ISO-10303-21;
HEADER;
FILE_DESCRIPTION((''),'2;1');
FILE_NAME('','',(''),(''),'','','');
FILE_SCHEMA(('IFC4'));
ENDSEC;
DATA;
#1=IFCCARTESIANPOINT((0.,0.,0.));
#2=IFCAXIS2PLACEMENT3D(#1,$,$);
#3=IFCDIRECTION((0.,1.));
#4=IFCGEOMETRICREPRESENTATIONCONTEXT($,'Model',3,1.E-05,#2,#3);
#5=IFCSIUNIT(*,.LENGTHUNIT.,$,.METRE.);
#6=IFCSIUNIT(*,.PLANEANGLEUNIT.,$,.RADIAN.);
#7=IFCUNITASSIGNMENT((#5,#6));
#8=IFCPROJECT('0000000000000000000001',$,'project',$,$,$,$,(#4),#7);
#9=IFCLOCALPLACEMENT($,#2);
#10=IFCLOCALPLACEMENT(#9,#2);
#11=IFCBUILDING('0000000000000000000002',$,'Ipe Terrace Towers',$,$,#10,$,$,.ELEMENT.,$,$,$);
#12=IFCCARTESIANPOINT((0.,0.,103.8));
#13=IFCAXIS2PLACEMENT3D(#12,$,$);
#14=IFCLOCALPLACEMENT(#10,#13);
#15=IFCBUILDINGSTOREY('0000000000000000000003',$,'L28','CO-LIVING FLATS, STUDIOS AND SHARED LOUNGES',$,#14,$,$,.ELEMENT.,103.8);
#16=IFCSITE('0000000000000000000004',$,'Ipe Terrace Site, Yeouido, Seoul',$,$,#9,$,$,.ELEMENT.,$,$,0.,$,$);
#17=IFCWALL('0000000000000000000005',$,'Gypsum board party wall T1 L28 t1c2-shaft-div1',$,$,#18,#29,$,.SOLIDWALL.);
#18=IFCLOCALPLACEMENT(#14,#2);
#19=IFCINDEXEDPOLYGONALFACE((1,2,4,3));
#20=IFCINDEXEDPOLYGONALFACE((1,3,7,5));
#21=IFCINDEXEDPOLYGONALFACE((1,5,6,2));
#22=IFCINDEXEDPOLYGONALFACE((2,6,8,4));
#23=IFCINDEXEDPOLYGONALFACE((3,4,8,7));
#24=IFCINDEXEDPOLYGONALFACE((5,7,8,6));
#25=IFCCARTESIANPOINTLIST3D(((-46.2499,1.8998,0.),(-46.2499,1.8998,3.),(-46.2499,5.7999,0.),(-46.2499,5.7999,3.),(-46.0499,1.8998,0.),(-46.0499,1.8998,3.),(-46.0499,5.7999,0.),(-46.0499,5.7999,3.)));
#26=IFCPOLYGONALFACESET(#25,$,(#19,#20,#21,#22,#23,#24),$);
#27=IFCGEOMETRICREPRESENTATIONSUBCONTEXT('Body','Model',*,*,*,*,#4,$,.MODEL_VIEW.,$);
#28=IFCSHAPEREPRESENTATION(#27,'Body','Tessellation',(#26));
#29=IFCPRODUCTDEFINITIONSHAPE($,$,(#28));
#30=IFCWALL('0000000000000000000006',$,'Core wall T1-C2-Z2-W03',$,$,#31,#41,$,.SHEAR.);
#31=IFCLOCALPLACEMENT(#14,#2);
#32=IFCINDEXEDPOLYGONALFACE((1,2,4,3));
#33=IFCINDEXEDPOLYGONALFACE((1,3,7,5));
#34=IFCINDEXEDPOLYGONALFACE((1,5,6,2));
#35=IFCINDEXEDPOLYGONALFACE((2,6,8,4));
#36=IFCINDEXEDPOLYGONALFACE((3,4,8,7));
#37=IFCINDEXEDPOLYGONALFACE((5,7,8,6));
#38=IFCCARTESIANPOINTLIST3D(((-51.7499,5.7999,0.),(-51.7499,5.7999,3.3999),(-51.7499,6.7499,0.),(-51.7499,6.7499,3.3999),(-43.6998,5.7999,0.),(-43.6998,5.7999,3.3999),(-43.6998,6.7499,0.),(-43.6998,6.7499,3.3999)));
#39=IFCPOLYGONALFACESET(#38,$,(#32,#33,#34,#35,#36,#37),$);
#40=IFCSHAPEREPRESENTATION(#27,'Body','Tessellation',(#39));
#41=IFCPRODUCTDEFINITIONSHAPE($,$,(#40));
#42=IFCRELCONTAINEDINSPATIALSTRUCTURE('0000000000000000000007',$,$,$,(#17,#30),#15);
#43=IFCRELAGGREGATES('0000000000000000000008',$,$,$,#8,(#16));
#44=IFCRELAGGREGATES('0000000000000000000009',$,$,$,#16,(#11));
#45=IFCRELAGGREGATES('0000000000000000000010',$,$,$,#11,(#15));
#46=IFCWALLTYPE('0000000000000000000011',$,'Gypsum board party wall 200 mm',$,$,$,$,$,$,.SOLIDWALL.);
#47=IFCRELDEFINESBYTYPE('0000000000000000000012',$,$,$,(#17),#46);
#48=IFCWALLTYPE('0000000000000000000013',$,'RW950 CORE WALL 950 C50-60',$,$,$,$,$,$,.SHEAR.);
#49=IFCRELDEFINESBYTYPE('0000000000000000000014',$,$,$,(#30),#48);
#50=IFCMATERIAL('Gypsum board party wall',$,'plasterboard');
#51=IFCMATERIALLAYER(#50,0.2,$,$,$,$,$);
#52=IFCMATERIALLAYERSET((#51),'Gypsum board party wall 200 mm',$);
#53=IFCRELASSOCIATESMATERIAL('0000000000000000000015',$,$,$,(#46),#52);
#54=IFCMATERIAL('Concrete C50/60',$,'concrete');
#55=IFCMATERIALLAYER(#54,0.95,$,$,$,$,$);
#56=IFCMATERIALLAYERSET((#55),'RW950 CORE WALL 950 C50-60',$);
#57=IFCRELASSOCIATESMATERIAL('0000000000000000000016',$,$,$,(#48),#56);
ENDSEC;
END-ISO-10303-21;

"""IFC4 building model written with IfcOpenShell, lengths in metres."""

from ifc_helpers import new_model, si_unit, direction, frame, frame_2d, origin, place, context, subcontext, project, spatial, rectangle, extrude, material, layer, layer_set, type_object, element, save


model = new_model("IFC4")

# Units and contexts
model_context = context("Model", 3, precision=1e-05, world=origin(), true_north=direction((0.0, 1.0)))
body_context = subcontext(model_context, "Body", "Model", "MODEL_VIEW")
ifc_project = project(units=[si_unit("LENGTHUNIT", "METRE"), si_unit("PLANEANGLEUNIT", "RADIAN")], contexts=[model_context])

# Site, building, storey
site_placement = place(None, origin())
site = spatial("IfcSite", under=ifc_project, at=site_placement, Name="Ipe Terrace Site, Yeouido, Seoul", CompositionType="ELEMENT", RefElevation=0.0)
building_placement = place(site_placement, origin())
building = spatial("IfcBuilding", under=site, at=building_placement, Name="Ipe Terrace Towers", CompositionType="ELEMENT")
storey_placement = place(building_placement, frame((0.0, 0.0, 103.8)))
storey = spatial("IfcBuildingStorey", under=building, at=storey_placement, Name="L28", Description="CO-LIVING FLATS, STUDIOS AND SHARED LOUNGES", CompositionType="ELEMENT", Elevation=103.8)

# Walls
ifc_material_1 = material(Name="Gypsum board party wall", Category="plasterboard")
ifc_layer_1 = layer(ifc_material_1, 0.2)
ifc_layer_set_1 = layer_set([ifc_layer_1], Name="Gypsum board party wall 200 mm")
wall_type_1 = type_object("IfcWallType", Name="Gypsum board party wall 200 mm", PredefinedType="SOLIDWALL", material=ifc_layer_set_1)
wall_1_placement = place(storey_placement, frame((-46.1499, 5.8, 0.0), z_axis=(0.0, 0.0, 1.0), x_axis=(0.0, -1.0, 0.0)))
element("IfcWall", 1, at=wall_1_placement, inside=storey, type_object=wall_type_1, Name="Gypsum board party wall T1 L28 t1c2-shaft-div1", PredefinedType="SOLIDWALL", context=body_context, shape_type="SweptSolid", body=[
    extrude(rectangle(XDim=3.9001, YDim=0.2, at=frame_2d((1.9502, 0.0))), origin(), (0.0, 0.0, 1.0), 3.0),
])
ifc_material_2 = material(Name="Concrete C50/60", Category="concrete")
ifc_layer_2 = layer(ifc_material_2, 0.95)
ifc_layer_set_2 = layer_set([ifc_layer_2], Name="RW950 CORE WALL 950 C50-60")
wall_type_2 = type_object("IfcWallType", Name="RW950 CORE WALL 950 C50-60", PredefinedType="SHEAR", material=ifc_layer_set_2)
wall_2_placement = place(storey_placement, frame((-43.7, 6.2749, 0.0), z_axis=(0.0, 0.0, 1.0), x_axis=(-1.0, 0.0, 0.0)))
element("IfcWall", 2, at=wall_2_placement, inside=storey, type_object=wall_type_2, Name="Core wall T1-C2-Z2-W03", PredefinedType="SHEAR", context=body_context, shape_type="SweptSolid", body=[
    extrude(rectangle(XDim=8.05, YDim=0.95, at=frame_2d((4.0249, 0.0))), origin(), (0.0, 0.0, 1.0), 3.3999),
])

save(model, "model.ifc")
